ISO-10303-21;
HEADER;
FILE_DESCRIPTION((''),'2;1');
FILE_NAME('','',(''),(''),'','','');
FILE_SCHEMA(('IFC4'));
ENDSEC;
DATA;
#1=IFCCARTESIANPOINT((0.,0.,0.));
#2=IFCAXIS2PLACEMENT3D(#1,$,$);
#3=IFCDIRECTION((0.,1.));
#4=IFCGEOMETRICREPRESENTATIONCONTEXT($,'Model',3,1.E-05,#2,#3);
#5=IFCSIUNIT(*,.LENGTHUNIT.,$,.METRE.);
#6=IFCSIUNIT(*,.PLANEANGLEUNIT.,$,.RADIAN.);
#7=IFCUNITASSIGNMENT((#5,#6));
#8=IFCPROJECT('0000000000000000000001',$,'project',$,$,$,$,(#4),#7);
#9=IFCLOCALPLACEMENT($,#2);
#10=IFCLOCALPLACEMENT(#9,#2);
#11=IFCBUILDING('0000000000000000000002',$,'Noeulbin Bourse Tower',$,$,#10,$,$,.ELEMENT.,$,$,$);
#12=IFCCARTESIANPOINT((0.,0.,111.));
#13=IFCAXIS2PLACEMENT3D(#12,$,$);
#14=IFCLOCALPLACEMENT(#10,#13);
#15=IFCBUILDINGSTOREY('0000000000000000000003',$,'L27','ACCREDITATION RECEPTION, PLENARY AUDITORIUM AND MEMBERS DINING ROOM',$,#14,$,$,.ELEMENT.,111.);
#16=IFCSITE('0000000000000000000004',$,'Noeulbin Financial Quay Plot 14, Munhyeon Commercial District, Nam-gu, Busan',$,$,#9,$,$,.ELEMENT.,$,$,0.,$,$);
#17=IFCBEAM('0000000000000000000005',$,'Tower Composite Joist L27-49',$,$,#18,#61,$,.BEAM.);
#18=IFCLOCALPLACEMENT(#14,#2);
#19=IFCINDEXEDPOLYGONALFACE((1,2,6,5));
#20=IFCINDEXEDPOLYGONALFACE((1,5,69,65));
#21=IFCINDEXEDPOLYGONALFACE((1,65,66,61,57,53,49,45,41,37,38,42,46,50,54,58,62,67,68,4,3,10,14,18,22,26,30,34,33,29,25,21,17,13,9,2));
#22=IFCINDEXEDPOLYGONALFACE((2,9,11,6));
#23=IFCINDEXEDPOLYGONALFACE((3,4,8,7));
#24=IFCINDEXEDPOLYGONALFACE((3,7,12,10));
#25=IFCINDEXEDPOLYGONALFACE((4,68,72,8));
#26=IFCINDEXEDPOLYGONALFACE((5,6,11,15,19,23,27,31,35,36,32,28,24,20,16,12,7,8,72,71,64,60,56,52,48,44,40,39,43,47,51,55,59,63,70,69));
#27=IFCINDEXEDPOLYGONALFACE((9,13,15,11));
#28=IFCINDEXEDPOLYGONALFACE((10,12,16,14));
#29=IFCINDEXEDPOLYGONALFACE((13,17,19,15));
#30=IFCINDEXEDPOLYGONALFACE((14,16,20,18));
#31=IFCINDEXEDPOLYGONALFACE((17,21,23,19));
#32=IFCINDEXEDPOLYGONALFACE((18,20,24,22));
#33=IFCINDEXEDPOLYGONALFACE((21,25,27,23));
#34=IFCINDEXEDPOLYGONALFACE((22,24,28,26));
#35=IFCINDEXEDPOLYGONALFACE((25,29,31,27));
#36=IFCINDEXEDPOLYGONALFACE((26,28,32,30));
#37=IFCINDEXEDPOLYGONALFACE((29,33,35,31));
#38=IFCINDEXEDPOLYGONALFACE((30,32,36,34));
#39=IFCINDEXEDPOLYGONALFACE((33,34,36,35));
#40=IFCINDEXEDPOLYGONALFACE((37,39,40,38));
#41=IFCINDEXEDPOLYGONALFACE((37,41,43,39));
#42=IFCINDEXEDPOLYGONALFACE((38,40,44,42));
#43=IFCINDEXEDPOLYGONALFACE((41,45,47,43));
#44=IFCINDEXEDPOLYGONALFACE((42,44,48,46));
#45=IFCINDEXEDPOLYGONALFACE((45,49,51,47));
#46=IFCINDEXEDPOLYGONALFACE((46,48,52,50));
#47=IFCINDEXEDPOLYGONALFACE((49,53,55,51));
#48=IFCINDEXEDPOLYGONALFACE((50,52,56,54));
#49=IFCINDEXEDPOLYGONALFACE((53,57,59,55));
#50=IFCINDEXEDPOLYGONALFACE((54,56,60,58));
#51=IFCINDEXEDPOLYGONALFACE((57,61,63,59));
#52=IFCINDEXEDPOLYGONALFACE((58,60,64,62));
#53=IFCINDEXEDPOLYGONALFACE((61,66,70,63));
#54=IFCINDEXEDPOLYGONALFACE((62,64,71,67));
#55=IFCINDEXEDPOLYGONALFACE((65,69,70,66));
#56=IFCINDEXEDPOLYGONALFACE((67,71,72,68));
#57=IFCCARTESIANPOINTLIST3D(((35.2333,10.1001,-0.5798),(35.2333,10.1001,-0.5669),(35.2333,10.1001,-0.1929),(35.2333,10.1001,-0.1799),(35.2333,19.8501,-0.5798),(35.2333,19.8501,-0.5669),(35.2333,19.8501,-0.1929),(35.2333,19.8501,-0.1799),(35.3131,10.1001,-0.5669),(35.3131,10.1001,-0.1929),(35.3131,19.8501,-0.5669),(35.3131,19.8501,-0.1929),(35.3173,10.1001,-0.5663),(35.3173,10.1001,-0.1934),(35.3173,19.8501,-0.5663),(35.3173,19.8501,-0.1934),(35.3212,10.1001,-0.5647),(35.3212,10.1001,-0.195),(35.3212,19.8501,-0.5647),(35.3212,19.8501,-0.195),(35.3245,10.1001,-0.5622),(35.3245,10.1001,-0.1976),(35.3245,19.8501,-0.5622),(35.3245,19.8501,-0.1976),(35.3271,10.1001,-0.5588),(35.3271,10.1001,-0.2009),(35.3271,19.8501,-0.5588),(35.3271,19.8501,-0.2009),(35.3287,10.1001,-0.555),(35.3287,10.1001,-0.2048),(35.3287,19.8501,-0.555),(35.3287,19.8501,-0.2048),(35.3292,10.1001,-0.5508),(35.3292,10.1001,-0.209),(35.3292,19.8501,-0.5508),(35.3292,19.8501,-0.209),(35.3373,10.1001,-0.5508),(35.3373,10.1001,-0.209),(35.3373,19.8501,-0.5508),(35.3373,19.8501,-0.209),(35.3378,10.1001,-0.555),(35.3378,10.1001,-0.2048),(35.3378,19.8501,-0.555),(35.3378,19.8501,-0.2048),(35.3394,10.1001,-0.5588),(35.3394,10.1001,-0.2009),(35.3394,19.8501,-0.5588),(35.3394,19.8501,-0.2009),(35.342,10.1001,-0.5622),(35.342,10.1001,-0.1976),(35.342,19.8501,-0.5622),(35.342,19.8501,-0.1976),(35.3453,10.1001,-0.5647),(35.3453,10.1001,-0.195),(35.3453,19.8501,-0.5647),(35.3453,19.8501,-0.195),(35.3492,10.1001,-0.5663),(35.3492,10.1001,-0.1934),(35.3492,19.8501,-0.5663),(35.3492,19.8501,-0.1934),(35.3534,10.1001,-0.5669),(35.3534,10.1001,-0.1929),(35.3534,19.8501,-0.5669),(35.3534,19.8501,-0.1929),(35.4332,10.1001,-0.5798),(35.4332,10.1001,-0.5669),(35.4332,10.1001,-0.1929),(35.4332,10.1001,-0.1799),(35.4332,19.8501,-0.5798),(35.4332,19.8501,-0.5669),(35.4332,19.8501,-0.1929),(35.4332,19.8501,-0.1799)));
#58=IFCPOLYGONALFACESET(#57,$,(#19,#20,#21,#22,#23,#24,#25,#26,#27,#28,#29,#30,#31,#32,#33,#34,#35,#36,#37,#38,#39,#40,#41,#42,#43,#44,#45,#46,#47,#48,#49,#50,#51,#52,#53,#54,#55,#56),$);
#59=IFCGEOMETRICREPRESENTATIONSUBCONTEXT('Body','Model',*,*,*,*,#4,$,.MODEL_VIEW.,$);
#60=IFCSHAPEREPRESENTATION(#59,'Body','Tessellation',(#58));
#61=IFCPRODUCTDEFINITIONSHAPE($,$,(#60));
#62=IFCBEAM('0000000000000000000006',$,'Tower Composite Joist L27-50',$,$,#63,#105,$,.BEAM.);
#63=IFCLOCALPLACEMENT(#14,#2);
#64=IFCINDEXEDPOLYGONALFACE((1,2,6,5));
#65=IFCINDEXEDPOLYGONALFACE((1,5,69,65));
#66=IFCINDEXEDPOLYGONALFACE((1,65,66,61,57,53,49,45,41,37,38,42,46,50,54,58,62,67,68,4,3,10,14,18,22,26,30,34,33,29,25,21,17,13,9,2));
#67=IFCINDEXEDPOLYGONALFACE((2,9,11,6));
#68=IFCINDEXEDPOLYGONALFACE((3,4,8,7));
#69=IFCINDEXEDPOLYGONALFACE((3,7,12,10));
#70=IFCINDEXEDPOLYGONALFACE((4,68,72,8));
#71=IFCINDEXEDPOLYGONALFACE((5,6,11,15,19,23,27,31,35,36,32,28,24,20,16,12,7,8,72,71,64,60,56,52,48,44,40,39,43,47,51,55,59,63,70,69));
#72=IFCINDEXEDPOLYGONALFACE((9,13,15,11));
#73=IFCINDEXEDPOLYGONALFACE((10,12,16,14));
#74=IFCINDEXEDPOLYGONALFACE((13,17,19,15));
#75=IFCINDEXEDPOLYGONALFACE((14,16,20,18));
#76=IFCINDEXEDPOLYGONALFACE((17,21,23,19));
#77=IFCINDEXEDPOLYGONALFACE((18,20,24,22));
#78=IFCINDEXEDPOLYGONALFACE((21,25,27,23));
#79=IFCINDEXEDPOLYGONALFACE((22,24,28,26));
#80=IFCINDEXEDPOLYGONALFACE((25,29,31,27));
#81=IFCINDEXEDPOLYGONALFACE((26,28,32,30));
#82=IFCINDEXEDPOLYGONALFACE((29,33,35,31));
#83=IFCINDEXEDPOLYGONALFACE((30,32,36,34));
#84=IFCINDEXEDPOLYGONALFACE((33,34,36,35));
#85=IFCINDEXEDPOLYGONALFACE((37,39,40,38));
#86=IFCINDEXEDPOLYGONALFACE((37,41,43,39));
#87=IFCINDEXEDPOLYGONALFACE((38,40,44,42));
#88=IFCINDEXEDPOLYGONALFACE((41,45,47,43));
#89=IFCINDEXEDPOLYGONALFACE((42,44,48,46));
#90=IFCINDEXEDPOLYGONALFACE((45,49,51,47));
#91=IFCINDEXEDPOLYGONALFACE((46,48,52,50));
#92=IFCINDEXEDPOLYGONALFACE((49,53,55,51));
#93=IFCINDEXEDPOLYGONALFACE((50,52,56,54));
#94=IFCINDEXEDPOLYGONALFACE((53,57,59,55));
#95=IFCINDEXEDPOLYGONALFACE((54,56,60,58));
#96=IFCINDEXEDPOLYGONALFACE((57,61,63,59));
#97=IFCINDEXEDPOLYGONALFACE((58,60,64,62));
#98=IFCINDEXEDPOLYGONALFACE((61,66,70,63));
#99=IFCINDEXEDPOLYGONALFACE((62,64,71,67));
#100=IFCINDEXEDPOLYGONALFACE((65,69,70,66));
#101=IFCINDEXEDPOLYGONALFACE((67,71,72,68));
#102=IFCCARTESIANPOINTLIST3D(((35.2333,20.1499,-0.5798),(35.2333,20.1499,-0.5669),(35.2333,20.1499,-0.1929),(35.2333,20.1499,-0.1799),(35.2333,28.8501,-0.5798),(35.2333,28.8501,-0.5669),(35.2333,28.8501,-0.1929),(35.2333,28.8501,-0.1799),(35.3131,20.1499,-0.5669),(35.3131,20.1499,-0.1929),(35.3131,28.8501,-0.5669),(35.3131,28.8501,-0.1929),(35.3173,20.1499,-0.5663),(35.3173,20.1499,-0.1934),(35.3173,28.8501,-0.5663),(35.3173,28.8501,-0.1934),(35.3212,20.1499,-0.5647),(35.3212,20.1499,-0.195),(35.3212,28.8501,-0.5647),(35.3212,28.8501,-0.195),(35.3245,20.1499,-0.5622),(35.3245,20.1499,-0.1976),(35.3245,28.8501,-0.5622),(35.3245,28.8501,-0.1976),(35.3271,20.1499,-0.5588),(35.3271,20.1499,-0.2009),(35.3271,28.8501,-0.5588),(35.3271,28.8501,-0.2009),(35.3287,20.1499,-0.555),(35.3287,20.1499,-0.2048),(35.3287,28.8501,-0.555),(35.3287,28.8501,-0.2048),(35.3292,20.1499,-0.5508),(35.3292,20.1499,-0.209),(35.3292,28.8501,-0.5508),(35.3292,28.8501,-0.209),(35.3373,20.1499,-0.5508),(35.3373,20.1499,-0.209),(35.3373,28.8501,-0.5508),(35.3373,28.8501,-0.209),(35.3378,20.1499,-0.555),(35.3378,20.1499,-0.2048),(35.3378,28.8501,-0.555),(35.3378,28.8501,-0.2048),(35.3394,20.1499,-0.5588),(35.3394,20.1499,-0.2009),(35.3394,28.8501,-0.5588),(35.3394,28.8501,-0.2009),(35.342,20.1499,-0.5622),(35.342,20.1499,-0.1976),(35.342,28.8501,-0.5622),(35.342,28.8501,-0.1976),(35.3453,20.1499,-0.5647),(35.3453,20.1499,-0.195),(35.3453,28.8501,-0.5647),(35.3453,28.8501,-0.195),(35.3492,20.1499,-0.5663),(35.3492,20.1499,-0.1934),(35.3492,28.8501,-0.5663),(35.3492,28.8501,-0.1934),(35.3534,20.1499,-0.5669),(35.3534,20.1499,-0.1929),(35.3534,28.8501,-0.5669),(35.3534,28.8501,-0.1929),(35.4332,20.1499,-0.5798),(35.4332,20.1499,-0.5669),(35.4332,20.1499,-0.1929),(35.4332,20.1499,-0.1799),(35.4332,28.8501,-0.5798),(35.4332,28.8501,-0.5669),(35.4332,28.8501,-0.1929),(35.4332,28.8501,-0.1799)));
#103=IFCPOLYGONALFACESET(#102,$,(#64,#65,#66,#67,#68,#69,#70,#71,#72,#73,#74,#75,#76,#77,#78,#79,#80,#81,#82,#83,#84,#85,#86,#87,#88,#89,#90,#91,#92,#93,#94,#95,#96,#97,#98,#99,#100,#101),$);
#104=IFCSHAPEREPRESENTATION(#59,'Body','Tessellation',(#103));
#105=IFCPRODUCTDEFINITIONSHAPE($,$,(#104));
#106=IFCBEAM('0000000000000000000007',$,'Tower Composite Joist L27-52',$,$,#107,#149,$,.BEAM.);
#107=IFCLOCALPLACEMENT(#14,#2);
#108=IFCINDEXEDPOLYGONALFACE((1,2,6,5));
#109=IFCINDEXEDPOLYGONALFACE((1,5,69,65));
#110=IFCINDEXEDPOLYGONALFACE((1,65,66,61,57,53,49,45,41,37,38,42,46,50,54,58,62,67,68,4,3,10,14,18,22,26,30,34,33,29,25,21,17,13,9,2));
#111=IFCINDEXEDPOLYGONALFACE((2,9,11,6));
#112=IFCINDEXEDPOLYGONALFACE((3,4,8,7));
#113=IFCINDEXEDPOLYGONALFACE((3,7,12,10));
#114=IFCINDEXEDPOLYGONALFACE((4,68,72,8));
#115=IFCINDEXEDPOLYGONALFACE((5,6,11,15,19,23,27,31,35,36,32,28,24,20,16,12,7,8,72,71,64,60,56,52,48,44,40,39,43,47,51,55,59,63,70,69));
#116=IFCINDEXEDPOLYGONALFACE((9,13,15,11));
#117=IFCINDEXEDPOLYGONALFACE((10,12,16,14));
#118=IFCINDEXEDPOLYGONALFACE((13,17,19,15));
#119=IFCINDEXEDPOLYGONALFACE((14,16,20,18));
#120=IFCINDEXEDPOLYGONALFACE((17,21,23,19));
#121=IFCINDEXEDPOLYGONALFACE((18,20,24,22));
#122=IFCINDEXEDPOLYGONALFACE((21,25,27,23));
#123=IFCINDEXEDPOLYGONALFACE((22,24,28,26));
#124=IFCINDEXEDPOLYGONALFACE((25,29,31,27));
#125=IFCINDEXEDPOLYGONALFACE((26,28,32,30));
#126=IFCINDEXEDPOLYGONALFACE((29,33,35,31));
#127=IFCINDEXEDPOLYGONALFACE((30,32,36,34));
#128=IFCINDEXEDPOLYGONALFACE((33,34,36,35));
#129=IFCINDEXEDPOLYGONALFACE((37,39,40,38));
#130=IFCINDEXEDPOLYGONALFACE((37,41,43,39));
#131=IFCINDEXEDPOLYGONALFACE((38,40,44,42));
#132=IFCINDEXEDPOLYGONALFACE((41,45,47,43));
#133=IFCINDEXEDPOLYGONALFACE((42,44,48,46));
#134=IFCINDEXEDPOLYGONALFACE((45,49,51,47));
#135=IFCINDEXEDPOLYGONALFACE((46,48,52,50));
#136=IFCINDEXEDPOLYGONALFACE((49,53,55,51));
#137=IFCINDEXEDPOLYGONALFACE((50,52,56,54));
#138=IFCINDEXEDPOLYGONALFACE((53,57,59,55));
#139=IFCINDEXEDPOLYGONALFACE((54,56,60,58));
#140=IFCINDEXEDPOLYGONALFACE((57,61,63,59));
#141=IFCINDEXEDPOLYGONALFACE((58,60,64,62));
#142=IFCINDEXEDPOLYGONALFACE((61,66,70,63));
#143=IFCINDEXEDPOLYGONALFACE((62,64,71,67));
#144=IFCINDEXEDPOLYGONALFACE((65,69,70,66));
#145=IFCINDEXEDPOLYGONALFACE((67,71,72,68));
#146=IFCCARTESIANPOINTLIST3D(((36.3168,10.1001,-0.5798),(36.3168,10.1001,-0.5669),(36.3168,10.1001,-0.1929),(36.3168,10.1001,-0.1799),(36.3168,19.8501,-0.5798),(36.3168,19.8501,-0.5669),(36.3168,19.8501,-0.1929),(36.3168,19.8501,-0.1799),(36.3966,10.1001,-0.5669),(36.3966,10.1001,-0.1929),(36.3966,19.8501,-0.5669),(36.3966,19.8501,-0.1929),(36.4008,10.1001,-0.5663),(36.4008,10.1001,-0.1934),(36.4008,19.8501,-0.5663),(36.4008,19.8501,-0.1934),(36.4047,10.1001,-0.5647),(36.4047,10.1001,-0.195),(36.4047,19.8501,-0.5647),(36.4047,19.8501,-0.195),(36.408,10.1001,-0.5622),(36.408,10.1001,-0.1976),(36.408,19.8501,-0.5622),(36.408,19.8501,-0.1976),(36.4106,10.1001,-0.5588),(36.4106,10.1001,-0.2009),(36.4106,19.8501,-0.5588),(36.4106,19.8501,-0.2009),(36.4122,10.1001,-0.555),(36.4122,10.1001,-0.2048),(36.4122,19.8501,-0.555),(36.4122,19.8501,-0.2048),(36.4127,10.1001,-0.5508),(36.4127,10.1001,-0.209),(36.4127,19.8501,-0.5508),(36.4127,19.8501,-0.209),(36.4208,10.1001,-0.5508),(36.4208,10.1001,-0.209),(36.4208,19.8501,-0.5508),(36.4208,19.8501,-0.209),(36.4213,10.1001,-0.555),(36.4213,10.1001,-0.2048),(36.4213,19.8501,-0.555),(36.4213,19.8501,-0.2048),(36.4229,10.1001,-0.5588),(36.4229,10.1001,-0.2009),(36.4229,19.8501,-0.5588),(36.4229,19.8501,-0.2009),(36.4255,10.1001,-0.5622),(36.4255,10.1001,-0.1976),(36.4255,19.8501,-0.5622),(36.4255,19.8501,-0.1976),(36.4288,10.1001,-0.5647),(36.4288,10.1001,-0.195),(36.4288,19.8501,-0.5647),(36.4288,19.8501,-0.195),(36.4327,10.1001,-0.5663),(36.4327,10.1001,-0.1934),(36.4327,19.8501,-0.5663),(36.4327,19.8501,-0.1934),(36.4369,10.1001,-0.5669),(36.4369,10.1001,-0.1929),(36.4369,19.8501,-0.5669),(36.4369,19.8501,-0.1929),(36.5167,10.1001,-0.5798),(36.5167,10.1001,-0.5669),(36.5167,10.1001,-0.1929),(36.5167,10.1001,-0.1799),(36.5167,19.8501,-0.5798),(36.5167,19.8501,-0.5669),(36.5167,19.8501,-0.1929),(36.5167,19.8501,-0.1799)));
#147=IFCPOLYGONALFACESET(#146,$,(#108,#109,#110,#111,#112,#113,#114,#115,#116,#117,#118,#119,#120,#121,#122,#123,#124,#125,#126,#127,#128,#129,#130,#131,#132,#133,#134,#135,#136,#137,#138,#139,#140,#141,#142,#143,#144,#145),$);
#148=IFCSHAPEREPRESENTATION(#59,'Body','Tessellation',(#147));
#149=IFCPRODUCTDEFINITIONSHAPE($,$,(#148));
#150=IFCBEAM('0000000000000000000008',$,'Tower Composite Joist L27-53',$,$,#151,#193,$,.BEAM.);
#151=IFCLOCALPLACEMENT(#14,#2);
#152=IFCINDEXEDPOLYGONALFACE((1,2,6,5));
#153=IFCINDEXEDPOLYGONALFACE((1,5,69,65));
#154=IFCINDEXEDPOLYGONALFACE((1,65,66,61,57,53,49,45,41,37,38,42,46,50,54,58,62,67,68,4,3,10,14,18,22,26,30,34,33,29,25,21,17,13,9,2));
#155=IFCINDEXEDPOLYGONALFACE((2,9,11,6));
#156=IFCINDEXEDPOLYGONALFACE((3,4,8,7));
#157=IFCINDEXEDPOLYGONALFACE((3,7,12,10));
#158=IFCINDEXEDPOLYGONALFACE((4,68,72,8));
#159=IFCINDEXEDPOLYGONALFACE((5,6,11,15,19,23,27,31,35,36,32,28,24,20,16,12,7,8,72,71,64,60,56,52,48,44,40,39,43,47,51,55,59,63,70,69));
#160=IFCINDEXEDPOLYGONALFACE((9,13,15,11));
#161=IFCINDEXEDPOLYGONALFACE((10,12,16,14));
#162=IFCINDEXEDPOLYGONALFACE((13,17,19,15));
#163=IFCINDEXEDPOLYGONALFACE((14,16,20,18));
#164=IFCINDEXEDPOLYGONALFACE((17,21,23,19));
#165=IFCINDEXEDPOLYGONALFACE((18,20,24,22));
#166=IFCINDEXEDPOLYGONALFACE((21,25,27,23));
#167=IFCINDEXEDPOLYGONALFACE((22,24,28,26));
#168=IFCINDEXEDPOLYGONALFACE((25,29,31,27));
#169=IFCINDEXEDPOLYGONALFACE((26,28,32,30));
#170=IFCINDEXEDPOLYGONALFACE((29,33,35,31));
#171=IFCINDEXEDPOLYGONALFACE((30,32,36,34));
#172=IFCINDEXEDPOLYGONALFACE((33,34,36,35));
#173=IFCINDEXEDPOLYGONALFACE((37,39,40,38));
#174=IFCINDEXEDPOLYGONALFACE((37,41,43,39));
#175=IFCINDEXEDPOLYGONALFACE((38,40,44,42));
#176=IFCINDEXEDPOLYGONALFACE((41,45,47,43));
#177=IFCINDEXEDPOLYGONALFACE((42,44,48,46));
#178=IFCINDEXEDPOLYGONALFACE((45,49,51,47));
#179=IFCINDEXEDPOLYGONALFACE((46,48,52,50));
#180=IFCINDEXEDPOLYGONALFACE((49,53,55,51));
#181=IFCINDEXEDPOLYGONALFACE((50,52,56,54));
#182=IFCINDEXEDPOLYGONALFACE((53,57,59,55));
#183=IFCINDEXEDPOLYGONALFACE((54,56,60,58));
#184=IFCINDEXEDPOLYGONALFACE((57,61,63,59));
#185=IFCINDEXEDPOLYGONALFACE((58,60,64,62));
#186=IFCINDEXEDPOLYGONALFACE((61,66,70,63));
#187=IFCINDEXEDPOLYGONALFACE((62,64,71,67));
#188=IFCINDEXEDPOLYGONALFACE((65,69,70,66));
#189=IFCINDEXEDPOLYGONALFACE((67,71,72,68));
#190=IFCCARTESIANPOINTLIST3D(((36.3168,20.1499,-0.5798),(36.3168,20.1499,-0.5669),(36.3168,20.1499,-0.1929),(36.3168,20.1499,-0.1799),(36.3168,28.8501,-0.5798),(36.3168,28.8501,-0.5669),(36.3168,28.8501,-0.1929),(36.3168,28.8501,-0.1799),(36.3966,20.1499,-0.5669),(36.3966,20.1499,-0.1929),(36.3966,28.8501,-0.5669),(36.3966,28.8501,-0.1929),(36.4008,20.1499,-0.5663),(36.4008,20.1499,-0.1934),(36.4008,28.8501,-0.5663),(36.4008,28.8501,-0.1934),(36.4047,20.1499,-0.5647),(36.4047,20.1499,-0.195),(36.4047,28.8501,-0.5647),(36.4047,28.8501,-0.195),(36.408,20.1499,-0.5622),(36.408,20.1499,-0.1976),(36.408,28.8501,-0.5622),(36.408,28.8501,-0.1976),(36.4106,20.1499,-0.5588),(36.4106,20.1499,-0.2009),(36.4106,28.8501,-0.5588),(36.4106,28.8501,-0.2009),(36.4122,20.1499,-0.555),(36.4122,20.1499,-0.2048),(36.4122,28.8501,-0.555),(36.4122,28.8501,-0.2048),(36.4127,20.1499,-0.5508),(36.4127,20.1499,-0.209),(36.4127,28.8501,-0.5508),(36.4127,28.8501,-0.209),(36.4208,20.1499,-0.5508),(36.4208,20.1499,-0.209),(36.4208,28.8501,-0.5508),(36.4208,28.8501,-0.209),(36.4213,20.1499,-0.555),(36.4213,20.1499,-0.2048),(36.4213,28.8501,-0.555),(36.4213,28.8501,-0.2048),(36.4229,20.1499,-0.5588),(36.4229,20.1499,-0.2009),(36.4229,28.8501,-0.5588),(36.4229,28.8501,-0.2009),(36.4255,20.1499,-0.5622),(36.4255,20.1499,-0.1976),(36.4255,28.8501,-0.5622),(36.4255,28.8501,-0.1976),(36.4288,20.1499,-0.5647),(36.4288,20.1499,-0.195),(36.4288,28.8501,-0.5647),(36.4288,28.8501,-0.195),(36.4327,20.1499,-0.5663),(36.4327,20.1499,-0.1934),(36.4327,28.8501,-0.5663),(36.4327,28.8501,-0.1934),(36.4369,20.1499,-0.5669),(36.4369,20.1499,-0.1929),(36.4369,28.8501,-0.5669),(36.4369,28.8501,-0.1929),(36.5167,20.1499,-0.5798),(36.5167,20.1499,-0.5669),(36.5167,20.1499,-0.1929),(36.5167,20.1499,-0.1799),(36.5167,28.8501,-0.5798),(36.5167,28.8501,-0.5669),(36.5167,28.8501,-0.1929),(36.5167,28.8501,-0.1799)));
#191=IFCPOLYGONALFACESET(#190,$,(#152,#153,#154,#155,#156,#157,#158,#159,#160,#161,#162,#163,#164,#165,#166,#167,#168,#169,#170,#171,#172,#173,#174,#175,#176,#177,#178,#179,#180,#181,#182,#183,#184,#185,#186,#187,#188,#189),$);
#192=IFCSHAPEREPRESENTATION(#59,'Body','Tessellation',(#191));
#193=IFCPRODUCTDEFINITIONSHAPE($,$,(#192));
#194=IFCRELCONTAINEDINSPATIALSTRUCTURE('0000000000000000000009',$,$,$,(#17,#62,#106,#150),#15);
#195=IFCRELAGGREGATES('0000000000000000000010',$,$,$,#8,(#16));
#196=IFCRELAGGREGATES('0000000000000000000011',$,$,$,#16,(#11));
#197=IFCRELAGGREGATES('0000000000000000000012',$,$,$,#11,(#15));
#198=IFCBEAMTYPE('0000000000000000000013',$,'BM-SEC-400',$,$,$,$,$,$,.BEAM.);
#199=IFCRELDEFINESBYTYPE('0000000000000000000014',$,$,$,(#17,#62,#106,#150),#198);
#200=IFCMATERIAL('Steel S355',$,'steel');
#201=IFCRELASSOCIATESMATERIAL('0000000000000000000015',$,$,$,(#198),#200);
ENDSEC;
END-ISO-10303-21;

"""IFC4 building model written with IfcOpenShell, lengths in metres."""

from ifc_helpers import new_model, si_unit, direction, frame, origin, origin_2d, place, context, subcontext, project, spatial, i_section, extrude, material, material_profile, profile_set, type_object, element, save


model = new_model("IFC4")

# Units and contexts
model_context = context("Model", 3, precision=1e-05, world=origin(), true_north=direction((0.0, 1.0)))
body_context = subcontext(model_context, "Body", "Model", "MODEL_VIEW")
ifc_project = project(units=[si_unit("LENGTHUNIT", "METRE"), si_unit("PLANEANGLEUNIT", "RADIAN")], contexts=[model_context])

# Site, building, storey
site_placement = place(None, origin())
site = spatial("IfcSite", under=ifc_project, at=site_placement, Name="Noeulbin Financial Quay Plot 14, Munhyeon Commercial District, Nam-gu, Busan", CompositionType="ELEMENT", RefElevation=0.0)
building_placement = place(site_placement, origin())
building = spatial("IfcBuilding", under=site, at=building_placement, Name="Noeulbin Bourse Tower", CompositionType="ELEMENT")
storey_placement = place(building_placement, frame((0.0, 0.0, 111.0)))
storey = spatial("IfcBuildingStorey", under=building, at=storey_placement, Name="L27", Description="ACCREDITATION RECEPTION, PLENARY AUDITORIUM AND MEMBERS DINING ROOM", CompositionType="ELEMENT", Elevation=111.0)

# Beams
ifc_material_1 = material(Name="Steel S355", Category="steel")
ifc_material_profile_1 = material_profile(ifc_material_1, i_section(OverallWidth=0.2, OverallDepth=0.3999, WebThickness=0.0081, FlangeThickness=0.0129, FilletRadius=0.0161, at=origin_2d()), Name="H-400x200x8x13", Category="LoadBearing")
ifc_profile_set_1 = profile_set([ifc_material_profile_1], Name="Steel S355")
beam_type_1 = type_object("IfcBeamType", Name="BM-SEC-400", PredefinedType="BEAM", material=ifc_profile_set_1)
beam_1_placement = place(storey_placement, frame((35.3333, 10.1001, -0.3799), z_axis=(0.0, 1.0, 0.0), x_axis=(-1.0, 0.0, 0.0)))
element("IfcBeam", 1, at=beam_1_placement, inside=storey, type_object=beam_type_1, Name="Tower Composite Joist L27-49", PredefinedType="BEAM", context=body_context, shape_type="SweptSolid", body=[
    extrude(i_section(OverallWidth=0.2, OverallDepth=0.3999, WebThickness=0.0081, FlangeThickness=0.0129, FilletRadius=0.0161, at=origin_2d()), origin(), (0.0, 0.0, 1.0), 9.75),
])
beam_2_placement = place(storey_placement, frame((35.3333, 20.1499, -0.3799), z_axis=(0.0, 1.0, 0.0), x_axis=(-1.0, 0.0, 0.0)))
element("IfcBeam", 2, at=beam_2_placement, inside=storey, type_object=beam_type_1, Name="Tower Composite Joist L27-50", PredefinedType="BEAM", context=body_context, shape_type="SweptSolid", body=[
    extrude(i_section(OverallWidth=0.2, OverallDepth=0.3999, WebThickness=0.0081, FlangeThickness=0.0129, FilletRadius=0.0161, at=origin_2d()), origin(), (0.0, 0.0, 1.0), 8.7002),
])
beam_3_placement = place(storey_placement, frame((36.4167, 10.1001, -0.3799), z_axis=(0.0, 1.0, 0.0), x_axis=(-1.0, 0.0, 0.0)))
element("IfcBeam", 3, at=beam_3_placement, inside=storey, type_object=beam_type_1, Name="Tower Composite Joist L27-52", PredefinedType="BEAM", context=body_context, shape_type="SweptSolid", body=[
    extrude(i_section(OverallWidth=0.2, OverallDepth=0.3999, WebThickness=0.0081, FlangeThickness=0.0129, FilletRadius=0.0161, at=origin_2d()), origin(), (0.0, 0.0, 1.0), 9.75),
])
beam_4_placement = place(storey_placement, frame((36.4167, 20.1499, -0.3799), z_axis=(0.0, 1.0, 0.0), x_axis=(-1.0, 0.0, 0.0)))
element("IfcBeam", 4, at=beam_4_placement, inside=storey, type_object=beam_type_1, Name="Tower Composite Joist L27-53", PredefinedType="BEAM", context=body_context, shape_type="SweptSolid", body=[
    extrude(i_section(OverallWidth=0.2, OverallDepth=0.3999, WebThickness=0.0081, FlangeThickness=0.0129, FilletRadius=0.0161, at=origin_2d()), origin(), (0.0, 0.0, 1.0), 8.7002),
])

save(model, "model.ifc")
